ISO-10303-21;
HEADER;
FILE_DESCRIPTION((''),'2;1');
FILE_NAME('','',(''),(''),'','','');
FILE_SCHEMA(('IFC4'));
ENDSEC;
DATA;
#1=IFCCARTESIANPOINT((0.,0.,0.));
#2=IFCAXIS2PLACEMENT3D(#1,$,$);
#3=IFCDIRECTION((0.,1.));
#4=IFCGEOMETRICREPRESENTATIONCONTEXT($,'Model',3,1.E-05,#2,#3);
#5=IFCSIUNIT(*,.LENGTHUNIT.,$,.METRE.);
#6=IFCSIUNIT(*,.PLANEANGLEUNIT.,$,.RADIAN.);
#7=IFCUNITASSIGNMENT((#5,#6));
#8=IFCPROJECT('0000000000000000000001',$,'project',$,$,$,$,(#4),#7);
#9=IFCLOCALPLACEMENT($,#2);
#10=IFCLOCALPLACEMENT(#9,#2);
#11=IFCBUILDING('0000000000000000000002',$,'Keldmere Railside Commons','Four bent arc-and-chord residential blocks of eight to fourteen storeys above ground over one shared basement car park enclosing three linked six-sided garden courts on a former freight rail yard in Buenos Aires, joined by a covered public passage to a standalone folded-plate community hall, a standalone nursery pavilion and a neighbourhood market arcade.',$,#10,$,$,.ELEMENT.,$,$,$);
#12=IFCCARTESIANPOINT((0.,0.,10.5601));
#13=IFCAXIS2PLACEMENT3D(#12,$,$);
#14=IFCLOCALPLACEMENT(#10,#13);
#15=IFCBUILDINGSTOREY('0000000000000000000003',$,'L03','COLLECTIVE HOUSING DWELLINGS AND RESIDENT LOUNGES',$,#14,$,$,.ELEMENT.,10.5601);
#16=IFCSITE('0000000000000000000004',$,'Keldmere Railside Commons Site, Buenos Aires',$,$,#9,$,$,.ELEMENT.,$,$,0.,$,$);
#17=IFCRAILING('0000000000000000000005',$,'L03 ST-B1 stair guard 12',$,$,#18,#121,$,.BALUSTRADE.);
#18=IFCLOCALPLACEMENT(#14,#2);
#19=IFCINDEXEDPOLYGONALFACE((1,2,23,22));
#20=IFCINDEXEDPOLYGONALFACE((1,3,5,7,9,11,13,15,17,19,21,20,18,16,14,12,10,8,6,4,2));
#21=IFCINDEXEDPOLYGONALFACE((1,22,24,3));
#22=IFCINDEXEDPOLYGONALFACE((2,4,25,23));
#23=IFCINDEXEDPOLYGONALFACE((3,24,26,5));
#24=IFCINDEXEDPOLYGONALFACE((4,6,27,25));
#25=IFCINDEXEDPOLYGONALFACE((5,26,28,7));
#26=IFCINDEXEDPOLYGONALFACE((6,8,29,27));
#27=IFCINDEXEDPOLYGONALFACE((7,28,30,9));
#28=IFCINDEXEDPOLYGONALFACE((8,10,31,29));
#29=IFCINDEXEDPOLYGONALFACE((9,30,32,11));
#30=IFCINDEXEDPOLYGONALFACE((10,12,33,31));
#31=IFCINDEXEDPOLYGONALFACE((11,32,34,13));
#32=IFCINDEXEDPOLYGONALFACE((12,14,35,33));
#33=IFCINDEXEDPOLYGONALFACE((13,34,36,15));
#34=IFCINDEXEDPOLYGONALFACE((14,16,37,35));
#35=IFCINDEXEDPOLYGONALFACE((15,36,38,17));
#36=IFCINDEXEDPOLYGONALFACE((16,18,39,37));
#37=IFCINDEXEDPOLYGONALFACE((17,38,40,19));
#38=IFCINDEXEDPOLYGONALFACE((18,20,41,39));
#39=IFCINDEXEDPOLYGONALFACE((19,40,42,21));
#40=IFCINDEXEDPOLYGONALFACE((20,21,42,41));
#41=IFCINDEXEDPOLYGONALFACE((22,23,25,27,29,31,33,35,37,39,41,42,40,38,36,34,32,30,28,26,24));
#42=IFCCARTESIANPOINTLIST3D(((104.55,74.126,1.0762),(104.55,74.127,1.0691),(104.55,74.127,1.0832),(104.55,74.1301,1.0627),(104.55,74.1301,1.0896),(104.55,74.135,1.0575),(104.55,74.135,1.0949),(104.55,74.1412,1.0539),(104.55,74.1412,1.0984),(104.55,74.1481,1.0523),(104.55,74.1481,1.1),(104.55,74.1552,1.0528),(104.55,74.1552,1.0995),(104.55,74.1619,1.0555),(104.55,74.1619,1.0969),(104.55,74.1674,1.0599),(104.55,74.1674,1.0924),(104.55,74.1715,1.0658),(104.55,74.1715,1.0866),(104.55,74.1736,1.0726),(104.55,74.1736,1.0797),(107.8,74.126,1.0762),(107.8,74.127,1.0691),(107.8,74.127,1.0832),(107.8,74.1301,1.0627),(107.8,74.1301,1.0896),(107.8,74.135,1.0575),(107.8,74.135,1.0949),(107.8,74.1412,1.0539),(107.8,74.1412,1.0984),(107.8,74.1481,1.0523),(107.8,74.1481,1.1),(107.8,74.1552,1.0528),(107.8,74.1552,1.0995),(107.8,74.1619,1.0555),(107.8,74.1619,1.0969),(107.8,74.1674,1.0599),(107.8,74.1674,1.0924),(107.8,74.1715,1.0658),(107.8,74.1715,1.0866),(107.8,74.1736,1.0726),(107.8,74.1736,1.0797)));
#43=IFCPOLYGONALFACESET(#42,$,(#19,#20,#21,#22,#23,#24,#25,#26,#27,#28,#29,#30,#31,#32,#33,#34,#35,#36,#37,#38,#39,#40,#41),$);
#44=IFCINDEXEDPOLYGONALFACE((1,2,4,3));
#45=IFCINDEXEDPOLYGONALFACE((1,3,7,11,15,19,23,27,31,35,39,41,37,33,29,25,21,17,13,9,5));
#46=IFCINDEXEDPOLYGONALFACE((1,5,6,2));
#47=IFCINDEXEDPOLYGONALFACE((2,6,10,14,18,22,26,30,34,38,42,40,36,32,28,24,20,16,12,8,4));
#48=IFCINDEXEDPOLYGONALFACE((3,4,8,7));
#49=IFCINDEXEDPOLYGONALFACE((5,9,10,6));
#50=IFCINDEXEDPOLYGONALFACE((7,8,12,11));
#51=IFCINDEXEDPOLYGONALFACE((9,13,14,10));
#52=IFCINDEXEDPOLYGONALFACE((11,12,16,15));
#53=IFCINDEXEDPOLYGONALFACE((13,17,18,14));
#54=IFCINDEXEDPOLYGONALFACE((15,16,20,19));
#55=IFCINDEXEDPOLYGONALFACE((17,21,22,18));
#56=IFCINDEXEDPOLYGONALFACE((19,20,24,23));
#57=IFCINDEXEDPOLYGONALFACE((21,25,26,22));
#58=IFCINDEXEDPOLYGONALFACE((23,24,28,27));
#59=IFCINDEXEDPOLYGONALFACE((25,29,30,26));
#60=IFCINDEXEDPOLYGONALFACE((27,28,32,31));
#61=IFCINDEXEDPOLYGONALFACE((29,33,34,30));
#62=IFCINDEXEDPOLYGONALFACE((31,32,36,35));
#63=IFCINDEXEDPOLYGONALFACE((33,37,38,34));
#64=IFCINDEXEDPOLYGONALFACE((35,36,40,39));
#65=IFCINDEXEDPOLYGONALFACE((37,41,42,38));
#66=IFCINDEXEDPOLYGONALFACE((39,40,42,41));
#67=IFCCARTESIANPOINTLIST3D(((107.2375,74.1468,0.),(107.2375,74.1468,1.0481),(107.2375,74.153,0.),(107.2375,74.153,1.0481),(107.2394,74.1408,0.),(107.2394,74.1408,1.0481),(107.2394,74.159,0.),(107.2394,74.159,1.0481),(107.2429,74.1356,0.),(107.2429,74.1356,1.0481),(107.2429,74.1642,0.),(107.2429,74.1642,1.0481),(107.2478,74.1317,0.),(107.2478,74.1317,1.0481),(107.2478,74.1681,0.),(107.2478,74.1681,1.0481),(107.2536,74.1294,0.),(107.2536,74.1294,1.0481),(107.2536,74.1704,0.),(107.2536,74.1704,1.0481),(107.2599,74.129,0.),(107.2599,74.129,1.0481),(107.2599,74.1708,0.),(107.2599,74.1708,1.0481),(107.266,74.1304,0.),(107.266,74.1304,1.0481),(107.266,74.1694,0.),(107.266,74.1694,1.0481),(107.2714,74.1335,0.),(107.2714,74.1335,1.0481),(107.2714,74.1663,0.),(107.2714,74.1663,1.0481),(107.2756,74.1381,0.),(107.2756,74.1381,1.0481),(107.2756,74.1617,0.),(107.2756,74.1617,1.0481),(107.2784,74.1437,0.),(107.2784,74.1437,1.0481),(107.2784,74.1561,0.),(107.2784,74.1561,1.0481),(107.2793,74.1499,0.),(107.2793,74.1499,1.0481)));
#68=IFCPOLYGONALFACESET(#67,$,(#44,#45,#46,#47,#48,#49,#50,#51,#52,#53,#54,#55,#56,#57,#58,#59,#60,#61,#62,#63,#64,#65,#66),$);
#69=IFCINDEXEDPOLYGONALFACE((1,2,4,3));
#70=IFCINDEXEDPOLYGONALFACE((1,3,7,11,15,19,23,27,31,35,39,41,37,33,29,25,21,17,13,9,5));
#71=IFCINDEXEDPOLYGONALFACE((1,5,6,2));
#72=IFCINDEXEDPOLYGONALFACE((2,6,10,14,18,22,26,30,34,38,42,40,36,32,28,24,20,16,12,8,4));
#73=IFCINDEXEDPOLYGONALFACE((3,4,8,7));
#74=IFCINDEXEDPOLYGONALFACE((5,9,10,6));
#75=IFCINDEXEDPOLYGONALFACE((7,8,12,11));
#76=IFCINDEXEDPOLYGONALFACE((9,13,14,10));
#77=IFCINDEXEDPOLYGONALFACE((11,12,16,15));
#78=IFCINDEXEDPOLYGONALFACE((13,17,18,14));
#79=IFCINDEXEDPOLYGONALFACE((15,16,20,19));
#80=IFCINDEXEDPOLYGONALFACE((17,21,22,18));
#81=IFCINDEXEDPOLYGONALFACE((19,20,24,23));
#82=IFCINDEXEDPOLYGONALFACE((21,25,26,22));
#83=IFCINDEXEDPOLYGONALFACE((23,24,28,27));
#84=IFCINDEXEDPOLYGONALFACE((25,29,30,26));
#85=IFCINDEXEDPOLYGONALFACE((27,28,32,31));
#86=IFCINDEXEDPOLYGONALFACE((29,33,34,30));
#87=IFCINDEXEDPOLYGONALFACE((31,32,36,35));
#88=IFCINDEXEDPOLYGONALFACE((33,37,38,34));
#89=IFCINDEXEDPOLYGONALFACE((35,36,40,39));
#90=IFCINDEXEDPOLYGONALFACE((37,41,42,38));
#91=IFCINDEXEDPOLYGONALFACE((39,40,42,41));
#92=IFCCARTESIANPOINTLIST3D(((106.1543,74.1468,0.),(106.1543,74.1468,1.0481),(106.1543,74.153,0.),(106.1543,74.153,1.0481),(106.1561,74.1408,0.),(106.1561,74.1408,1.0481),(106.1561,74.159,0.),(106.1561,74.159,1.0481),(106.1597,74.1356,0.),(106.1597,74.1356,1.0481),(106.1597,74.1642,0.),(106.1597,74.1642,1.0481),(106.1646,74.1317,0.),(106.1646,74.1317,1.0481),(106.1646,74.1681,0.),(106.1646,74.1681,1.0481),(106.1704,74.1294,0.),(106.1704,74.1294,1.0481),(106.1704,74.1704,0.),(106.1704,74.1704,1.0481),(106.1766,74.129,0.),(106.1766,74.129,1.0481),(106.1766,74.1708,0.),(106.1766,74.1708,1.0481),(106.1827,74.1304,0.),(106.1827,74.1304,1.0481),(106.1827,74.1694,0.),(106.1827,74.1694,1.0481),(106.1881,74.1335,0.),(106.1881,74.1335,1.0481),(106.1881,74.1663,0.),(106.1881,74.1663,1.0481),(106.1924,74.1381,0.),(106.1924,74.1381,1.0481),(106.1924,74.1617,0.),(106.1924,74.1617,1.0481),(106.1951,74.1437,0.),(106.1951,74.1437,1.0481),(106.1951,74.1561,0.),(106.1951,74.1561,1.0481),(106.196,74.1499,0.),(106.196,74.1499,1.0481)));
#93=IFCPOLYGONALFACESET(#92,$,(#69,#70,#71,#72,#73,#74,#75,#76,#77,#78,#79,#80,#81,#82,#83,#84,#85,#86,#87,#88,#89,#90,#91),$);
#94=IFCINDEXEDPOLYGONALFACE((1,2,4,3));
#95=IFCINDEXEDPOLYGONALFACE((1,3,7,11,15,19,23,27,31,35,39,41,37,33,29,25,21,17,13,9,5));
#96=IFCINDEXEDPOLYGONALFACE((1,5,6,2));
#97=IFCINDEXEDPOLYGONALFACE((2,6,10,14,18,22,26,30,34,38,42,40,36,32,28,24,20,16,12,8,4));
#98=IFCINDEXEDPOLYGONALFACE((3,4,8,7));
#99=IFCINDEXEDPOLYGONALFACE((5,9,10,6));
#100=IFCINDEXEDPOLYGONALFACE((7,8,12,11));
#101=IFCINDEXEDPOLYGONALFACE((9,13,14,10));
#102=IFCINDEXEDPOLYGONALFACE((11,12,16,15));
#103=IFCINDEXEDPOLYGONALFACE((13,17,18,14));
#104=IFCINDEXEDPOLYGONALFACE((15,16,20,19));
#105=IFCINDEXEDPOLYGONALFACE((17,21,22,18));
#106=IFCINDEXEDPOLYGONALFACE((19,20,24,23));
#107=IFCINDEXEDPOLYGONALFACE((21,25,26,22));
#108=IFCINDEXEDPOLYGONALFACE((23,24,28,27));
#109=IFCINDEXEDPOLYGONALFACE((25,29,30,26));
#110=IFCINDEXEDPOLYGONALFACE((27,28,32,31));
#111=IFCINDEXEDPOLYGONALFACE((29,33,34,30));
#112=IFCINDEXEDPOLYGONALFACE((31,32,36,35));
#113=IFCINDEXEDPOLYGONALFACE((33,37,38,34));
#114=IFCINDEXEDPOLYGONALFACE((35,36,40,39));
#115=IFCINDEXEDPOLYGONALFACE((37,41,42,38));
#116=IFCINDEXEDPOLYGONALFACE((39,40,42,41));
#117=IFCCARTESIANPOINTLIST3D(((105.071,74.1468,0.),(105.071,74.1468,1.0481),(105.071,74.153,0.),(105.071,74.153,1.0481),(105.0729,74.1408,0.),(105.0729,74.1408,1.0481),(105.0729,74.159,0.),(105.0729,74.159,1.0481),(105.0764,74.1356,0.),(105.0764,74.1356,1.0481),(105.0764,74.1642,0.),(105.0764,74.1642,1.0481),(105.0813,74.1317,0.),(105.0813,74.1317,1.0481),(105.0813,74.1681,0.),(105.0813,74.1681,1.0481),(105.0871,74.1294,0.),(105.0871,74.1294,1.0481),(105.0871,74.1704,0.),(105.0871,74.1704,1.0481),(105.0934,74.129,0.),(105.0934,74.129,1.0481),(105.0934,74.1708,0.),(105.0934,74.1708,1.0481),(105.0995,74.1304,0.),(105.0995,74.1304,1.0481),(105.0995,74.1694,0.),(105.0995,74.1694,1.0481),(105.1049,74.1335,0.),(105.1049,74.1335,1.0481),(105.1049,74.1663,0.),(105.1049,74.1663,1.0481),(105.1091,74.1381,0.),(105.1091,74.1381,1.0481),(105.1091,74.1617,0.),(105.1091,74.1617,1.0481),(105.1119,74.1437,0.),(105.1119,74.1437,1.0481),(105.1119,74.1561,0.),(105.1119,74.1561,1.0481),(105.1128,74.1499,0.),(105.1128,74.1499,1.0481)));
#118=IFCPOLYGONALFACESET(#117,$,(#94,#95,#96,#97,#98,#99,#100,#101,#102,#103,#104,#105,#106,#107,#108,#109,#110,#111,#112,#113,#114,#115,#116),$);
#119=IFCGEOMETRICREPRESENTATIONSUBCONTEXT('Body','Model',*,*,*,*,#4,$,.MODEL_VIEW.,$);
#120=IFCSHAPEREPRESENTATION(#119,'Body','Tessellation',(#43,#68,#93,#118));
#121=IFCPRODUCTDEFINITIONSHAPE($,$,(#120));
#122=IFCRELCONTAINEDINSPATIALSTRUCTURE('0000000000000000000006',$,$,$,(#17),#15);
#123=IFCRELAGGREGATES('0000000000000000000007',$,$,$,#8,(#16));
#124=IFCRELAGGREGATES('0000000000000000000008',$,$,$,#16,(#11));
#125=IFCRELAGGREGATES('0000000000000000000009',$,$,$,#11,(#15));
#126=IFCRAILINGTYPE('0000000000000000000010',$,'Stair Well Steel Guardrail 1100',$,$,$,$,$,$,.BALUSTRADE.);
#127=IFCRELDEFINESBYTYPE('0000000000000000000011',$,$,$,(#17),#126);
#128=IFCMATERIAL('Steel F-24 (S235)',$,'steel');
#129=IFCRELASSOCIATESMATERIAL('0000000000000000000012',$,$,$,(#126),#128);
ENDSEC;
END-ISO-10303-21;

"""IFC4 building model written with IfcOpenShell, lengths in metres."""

from ifc_helpers import new_model, si_unit, direction, frame, origin, origin_2d, place, context, subcontext, project, spatial, circle, extrude, material, type_object, element, save


model = new_model("IFC4")

# Units and contexts
model_context = context("Model", 3, precision=1e-05, world=origin(), true_north=direction((0.0, 1.0)))
body_context = subcontext(model_context, "Body", "Model", "MODEL_VIEW")
ifc_project = project(units=[si_unit("LENGTHUNIT", "METRE"), si_unit("PLANEANGLEUNIT", "RADIAN")], contexts=[model_context])

# Site, building, storey
site_placement = place(None, origin())
site = spatial("IfcSite", under=ifc_project, at=site_placement, Name="Keldmere Railside Commons Site, Buenos Aires", CompositionType="ELEMENT", RefElevation=0.0)
building_placement = place(site_placement, origin())
building = spatial("IfcBuilding", under=site, at=building_placement, Name="Keldmere Railside Commons", Description="Four bent arc-and-chord residential blocks of eight to fourteen storeys above ground over one shared basement car park enclosing three linked six-sided garden courts on a former freight rail yard in Buenos Aires, joined by a covered public passage to a standalone folded-plate community hall, a standalone nursery pavilion and a neighbourhood market arcade.", CompositionType="ELEMENT")
storey_placement = place(building_placement, frame((0.0, 0.0, 10.5601)))
storey = spatial("IfcBuildingStorey", under=building, at=storey_placement, Name="L03", Description="COLLECTIVE HOUSING DWELLINGS AND RESIDENT LOUNGES", CompositionType="ELEMENT", Elevation=10.5601)

# Railing
ifc_material_1 = material(Name="Steel F-24 (S235)", Category="steel")
railing_type_1 = type_object("IfcRailingType", Name="Stair Well Steel Guardrail 1100", PredefinedType="BALUSTRADE", material=ifc_material_1)
railing_1_placement = place(storey_placement, frame((107.8, 74.1499, 0.0)))
element("IfcRailing", 1, at=railing_1_placement, inside=storey, type_object=railing_type_1, Name="L03 ST-B1 stair guard 12", PredefinedType="BALUSTRADE", context=body_context, shape_type="SweptSolid", body=[
    extrude(circle(Radius=0.0239, at=origin_2d()), frame((0.0, 0.0, 1.0762), z_axis=(-1.0, 0.0, 0.0), x_axis=(0.0, -1.0, 0.0)), (0.0, 0.0, 1.0), 3.25),
    extrude(circle(Radius=0.021, at=origin_2d()), frame((-0.5417, 0.0, 0.0)), (0.0, 0.0, 1.0), 1.0481),
    extrude(circle(Radius=0.021, at=origin_2d()), frame((-1.625, 0.0, 0.0)), (0.0, 0.0, 1.0), 1.0481),
    extrude(circle(Radius=0.021, at=origin_2d()), frame((-2.7083, 0.0, 0.0)), (0.0, 0.0, 1.0), 1.0481),
])

save(model, "model.ifc")
